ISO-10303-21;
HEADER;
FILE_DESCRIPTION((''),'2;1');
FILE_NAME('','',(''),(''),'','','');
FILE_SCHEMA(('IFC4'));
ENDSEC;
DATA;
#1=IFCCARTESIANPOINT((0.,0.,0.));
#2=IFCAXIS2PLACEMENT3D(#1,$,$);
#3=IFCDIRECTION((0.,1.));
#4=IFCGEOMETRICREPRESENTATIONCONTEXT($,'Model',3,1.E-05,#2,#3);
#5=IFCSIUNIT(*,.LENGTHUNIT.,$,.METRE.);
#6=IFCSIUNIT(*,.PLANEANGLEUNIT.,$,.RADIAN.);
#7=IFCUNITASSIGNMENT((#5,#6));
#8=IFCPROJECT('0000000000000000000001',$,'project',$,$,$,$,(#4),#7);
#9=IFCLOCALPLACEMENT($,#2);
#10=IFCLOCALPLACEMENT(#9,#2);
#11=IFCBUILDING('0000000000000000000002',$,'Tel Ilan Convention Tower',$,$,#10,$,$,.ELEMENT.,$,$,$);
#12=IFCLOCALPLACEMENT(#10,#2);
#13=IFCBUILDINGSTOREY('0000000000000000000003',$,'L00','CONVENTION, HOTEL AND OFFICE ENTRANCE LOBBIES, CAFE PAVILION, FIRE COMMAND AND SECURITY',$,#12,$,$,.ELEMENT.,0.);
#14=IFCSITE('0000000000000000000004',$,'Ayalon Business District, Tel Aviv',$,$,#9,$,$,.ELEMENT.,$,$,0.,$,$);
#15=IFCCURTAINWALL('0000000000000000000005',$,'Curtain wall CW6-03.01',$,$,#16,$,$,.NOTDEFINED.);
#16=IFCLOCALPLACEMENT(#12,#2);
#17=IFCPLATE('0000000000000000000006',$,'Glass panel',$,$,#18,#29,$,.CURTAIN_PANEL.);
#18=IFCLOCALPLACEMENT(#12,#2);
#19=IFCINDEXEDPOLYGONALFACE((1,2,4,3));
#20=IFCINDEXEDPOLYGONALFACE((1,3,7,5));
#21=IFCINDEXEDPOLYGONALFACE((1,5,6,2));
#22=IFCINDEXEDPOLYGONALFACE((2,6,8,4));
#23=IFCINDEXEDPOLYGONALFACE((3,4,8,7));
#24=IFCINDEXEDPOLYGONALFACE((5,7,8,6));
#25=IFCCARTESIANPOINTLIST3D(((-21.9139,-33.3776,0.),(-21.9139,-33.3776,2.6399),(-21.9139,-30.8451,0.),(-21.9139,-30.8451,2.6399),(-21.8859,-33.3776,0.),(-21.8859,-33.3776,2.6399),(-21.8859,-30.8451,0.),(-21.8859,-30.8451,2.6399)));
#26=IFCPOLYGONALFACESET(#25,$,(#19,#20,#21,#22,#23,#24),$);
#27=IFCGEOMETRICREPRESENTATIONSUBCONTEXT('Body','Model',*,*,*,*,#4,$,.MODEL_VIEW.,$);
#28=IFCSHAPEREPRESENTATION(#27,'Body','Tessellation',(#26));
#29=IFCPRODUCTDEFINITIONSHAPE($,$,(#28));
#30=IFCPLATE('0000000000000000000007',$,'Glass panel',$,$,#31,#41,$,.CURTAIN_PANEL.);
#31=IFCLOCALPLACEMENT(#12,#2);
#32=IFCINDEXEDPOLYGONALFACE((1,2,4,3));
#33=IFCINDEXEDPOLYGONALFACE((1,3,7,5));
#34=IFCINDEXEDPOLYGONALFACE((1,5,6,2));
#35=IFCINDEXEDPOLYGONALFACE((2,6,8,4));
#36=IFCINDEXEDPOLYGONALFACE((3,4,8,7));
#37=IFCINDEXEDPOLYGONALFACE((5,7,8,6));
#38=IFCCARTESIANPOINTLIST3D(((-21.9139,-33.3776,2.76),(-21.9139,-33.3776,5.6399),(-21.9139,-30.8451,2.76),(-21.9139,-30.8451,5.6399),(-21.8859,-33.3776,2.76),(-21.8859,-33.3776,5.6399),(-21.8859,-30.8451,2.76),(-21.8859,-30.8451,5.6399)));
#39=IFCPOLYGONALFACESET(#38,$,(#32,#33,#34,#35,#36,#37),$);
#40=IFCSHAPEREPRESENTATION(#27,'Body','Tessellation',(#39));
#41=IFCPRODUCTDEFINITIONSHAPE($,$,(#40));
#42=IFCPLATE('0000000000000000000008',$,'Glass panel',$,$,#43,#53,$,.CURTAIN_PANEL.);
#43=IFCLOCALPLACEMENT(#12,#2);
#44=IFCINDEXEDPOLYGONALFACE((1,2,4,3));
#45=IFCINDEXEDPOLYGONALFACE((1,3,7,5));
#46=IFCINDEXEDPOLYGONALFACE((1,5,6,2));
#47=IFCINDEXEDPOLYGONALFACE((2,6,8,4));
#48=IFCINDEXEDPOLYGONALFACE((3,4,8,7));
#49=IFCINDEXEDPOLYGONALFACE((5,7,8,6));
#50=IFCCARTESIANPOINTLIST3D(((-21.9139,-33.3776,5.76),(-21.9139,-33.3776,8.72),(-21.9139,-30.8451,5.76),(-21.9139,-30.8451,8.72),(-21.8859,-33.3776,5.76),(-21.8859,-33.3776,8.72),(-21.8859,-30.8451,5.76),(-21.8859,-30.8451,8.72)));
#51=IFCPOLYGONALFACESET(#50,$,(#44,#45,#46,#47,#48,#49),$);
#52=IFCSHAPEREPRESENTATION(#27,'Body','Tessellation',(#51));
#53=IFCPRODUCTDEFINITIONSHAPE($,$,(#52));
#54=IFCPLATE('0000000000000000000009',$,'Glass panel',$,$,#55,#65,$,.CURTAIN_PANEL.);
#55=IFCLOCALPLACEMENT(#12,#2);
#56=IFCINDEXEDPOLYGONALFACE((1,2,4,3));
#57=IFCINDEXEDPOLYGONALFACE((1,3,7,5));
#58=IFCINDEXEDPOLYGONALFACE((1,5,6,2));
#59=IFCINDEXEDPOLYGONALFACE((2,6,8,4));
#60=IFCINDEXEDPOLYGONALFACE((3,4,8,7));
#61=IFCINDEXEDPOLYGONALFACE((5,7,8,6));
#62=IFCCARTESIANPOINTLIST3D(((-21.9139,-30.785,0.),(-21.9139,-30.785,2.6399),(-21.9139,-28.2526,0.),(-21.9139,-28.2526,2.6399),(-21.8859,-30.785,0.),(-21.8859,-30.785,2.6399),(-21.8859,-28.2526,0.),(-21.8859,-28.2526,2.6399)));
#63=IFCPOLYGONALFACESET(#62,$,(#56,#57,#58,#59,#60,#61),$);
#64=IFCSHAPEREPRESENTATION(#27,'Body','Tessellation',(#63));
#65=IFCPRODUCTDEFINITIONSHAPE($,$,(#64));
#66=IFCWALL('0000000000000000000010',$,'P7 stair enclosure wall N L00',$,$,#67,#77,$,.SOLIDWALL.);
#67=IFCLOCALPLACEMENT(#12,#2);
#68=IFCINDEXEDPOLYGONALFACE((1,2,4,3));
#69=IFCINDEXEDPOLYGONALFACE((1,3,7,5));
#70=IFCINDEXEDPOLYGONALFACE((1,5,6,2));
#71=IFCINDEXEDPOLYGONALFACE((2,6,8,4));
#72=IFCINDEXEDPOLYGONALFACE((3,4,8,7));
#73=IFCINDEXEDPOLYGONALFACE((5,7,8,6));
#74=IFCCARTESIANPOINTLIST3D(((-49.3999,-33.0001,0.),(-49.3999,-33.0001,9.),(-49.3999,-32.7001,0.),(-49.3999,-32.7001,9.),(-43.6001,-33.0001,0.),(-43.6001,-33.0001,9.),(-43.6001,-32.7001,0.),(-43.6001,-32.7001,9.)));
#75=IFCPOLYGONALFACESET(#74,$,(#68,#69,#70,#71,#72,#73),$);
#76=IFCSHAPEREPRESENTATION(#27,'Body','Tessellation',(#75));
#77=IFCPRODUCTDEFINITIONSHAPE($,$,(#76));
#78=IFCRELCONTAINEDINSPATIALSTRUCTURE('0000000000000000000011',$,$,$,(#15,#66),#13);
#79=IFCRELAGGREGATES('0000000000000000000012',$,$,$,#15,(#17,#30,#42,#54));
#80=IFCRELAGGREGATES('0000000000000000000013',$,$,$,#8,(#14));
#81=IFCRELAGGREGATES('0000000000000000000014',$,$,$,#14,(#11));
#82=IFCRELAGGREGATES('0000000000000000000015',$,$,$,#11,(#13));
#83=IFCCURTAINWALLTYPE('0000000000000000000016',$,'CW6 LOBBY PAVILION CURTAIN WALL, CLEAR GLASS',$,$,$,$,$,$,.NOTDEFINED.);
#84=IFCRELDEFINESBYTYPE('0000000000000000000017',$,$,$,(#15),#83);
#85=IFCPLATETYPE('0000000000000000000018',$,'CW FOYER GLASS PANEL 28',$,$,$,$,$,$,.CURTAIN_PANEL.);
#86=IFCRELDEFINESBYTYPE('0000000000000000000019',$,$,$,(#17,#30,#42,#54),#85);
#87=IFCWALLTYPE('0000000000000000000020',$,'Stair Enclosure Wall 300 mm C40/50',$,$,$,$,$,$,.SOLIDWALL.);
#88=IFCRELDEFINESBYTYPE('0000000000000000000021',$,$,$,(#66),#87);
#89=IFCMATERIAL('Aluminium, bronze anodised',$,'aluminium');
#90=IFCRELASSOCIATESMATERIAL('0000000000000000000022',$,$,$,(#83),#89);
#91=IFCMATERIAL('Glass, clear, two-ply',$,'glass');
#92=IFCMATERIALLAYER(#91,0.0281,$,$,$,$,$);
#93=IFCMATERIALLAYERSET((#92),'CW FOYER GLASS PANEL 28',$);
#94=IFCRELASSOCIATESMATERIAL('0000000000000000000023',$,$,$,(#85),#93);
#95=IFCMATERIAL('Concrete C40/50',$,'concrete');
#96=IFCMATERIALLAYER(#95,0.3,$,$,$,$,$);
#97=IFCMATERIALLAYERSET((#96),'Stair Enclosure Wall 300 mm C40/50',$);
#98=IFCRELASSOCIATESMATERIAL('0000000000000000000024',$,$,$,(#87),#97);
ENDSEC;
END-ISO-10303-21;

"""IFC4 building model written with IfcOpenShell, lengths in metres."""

from ifc_helpers import new_model, si_unit, direction, frame, frame_2d, origin, origin_2d, place, context, subcontext, project, spatial, rectangle, extrude, material, layer, layer_set, type_object, element, aggregate, save


model = new_model("IFC4")

# Units and contexts
model_context = context("Model", 3, precision=1e-05, world=origin(), true_north=direction((0.0, 1.0)))
body_context = subcontext(model_context, "Body", "Model", "MODEL_VIEW")
ifc_project = project(units=[si_unit("LENGTHUNIT", "METRE"), si_unit("PLANEANGLEUNIT", "RADIAN")], contexts=[model_context])

# Site, building, storey
site_placement = place(None, origin())
site = spatial("IfcSite", under=ifc_project, at=site_placement, Name="Ayalon Business District, Tel Aviv", CompositionType="ELEMENT", RefElevation=0.0)
building_placement = place(site_placement, origin())
building = spatial("IfcBuilding", under=site, at=building_placement, Name="Tel Ilan Convention Tower", CompositionType="ELEMENT")
storey_placement = place(building_placement, origin())
storey = spatial("IfcBuildingStorey", under=building, at=storey_placement, Name="L00", Description="CONVENTION, HOTEL AND OFFICE ENTRANCE LOBBIES, CAFE PAVILION, FIRE COMMAND AND SECURITY", CompositionType="ELEMENT", Elevation=0.0)

# Curtain wall
ifc_material_1 = material(Name="Aluminium, bronze anodised", Category="aluminium")
curtain_wall_type = type_object("IfcCurtainWallType", Name="CW6 LOBBY PAVILION CURTAIN WALL, CLEAR GLASS", PredefinedType="NOTDEFINED", material=ifc_material_1)
curtain_wall_1_placement = place(storey_placement, origin())
curtain_wall_1 = element("IfcCurtainWall", 1, at=curtain_wall_1_placement, inside=storey, type_object=curtain_wall_type, Name="Curtain wall CW6-03.01", PredefinedType="NOTDEFINED")

# Plates
ifc_material_2 = material(Name="Glass, clear, two-ply", Category="glass")
ifc_layer_1 = layer(ifc_material_2, 0.0281)
ifc_layer_set_1 = layer_set([ifc_layer_1], Name="CW FOYER GLASS PANEL 28")
plate_type = type_object("IfcPlateType", Name="CW FOYER GLASS PANEL 28", PredefinedType="CURTAIN_PANEL", material=ifc_layer_set_1)
plate_1_placement = place(storey_placement, frame((-21.8999, -32.1113, 0.0), z_axis=(0.0, 0.0, 1.0), x_axis=(0.0, 1.0, 0.0)))
plate_1 = element("IfcPlate", 2, at=plate_1_placement, type_object=plate_type, Name="Glass panel", PredefinedType="CURTAIN_PANEL", context=body_context, shape_type="SweptSolid", body=[
    extrude(rectangle(XDim=2.5325, YDim=0.0281, at=origin_2d()), origin(), (0.0, 0.0, 1.0), 2.6399),
])
plate_2_placement = place(storey_placement, frame((-21.8999, -32.1113, 2.76), z_axis=(0.0, 0.0, 1.0), x_axis=(0.0, 1.0, 0.0)))
plate_2 = element("IfcPlate", 3, at=plate_2_placement, type_object=plate_type, Name="Glass panel", PredefinedType="CURTAIN_PANEL", context=body_context, shape_type="SweptSolid", body=[
    extrude(rectangle(XDim=2.5325, YDim=0.0281, at=origin_2d()), origin(), (0.0, 0.0, 1.0), 2.8799),
])
plate_3_placement = place(storey_placement, frame((-21.8999, -32.1113, 5.76), z_axis=(0.0, 0.0, 1.0), x_axis=(0.0, 1.0, 0.0)))
plate_3 = element("IfcPlate", 4, at=plate_3_placement, type_object=plate_type, Name="Glass panel", PredefinedType="CURTAIN_PANEL", context=body_context, shape_type="SweptSolid", body=[
    extrude(rectangle(XDim=2.5325, YDim=0.0281, at=origin_2d()), origin(), (0.0, 0.0, 1.0), 2.96),
])
plate_4_placement = place(storey_placement, frame((-21.8999, -29.5188, 0.0), z_axis=(0.0, 0.0, 1.0), x_axis=(0.0, 1.0, 0.0)))
plate_4 = element("IfcPlate", 5, at=plate_4_placement, type_object=plate_type, Name="Glass panel", PredefinedType="CURTAIN_PANEL", context=body_context, shape_type="SweptSolid", body=[
    extrude(rectangle(XDim=2.5325, YDim=0.0281, at=origin_2d()), origin(), (0.0, 0.0, 1.0), 2.6399),
])
aggregate(curtain_wall_1, [plate_1, plate_2, plate_3, plate_4])

# Wall
ifc_material_3 = material(Name="Concrete C40/50", Category="concrete")
ifc_layer_2 = layer(ifc_material_3, 0.3)
ifc_layer_set_2 = layer_set([ifc_layer_2], Name="Stair Enclosure Wall 300 mm C40/50")
wall_type = type_object("IfcWallType", Name="Stair Enclosure Wall 300 mm C40/50", PredefinedType="SOLIDWALL", material=ifc_layer_set_2)
wall_placement = place(storey_placement, frame((-49.3999, -32.8501, 0.0), z_axis=(0.0, 0.0, 1.0), x_axis=(1.0, 0.0, 0.0)))
element("IfcWall", 6, at=wall_placement, inside=storey, type_object=wall_type, Name="P7 stair enclosure wall N L00", PredefinedType="SOLIDWALL", context=body_context, shape_type="SweptSolid", body=[
    extrude(rectangle(XDim=5.7998, YDim=0.3, at=frame_2d((2.8999, 0.0))), origin(), (0.0, 0.0, 1.0), 9.0),
])

save(model, "model.ifc")
